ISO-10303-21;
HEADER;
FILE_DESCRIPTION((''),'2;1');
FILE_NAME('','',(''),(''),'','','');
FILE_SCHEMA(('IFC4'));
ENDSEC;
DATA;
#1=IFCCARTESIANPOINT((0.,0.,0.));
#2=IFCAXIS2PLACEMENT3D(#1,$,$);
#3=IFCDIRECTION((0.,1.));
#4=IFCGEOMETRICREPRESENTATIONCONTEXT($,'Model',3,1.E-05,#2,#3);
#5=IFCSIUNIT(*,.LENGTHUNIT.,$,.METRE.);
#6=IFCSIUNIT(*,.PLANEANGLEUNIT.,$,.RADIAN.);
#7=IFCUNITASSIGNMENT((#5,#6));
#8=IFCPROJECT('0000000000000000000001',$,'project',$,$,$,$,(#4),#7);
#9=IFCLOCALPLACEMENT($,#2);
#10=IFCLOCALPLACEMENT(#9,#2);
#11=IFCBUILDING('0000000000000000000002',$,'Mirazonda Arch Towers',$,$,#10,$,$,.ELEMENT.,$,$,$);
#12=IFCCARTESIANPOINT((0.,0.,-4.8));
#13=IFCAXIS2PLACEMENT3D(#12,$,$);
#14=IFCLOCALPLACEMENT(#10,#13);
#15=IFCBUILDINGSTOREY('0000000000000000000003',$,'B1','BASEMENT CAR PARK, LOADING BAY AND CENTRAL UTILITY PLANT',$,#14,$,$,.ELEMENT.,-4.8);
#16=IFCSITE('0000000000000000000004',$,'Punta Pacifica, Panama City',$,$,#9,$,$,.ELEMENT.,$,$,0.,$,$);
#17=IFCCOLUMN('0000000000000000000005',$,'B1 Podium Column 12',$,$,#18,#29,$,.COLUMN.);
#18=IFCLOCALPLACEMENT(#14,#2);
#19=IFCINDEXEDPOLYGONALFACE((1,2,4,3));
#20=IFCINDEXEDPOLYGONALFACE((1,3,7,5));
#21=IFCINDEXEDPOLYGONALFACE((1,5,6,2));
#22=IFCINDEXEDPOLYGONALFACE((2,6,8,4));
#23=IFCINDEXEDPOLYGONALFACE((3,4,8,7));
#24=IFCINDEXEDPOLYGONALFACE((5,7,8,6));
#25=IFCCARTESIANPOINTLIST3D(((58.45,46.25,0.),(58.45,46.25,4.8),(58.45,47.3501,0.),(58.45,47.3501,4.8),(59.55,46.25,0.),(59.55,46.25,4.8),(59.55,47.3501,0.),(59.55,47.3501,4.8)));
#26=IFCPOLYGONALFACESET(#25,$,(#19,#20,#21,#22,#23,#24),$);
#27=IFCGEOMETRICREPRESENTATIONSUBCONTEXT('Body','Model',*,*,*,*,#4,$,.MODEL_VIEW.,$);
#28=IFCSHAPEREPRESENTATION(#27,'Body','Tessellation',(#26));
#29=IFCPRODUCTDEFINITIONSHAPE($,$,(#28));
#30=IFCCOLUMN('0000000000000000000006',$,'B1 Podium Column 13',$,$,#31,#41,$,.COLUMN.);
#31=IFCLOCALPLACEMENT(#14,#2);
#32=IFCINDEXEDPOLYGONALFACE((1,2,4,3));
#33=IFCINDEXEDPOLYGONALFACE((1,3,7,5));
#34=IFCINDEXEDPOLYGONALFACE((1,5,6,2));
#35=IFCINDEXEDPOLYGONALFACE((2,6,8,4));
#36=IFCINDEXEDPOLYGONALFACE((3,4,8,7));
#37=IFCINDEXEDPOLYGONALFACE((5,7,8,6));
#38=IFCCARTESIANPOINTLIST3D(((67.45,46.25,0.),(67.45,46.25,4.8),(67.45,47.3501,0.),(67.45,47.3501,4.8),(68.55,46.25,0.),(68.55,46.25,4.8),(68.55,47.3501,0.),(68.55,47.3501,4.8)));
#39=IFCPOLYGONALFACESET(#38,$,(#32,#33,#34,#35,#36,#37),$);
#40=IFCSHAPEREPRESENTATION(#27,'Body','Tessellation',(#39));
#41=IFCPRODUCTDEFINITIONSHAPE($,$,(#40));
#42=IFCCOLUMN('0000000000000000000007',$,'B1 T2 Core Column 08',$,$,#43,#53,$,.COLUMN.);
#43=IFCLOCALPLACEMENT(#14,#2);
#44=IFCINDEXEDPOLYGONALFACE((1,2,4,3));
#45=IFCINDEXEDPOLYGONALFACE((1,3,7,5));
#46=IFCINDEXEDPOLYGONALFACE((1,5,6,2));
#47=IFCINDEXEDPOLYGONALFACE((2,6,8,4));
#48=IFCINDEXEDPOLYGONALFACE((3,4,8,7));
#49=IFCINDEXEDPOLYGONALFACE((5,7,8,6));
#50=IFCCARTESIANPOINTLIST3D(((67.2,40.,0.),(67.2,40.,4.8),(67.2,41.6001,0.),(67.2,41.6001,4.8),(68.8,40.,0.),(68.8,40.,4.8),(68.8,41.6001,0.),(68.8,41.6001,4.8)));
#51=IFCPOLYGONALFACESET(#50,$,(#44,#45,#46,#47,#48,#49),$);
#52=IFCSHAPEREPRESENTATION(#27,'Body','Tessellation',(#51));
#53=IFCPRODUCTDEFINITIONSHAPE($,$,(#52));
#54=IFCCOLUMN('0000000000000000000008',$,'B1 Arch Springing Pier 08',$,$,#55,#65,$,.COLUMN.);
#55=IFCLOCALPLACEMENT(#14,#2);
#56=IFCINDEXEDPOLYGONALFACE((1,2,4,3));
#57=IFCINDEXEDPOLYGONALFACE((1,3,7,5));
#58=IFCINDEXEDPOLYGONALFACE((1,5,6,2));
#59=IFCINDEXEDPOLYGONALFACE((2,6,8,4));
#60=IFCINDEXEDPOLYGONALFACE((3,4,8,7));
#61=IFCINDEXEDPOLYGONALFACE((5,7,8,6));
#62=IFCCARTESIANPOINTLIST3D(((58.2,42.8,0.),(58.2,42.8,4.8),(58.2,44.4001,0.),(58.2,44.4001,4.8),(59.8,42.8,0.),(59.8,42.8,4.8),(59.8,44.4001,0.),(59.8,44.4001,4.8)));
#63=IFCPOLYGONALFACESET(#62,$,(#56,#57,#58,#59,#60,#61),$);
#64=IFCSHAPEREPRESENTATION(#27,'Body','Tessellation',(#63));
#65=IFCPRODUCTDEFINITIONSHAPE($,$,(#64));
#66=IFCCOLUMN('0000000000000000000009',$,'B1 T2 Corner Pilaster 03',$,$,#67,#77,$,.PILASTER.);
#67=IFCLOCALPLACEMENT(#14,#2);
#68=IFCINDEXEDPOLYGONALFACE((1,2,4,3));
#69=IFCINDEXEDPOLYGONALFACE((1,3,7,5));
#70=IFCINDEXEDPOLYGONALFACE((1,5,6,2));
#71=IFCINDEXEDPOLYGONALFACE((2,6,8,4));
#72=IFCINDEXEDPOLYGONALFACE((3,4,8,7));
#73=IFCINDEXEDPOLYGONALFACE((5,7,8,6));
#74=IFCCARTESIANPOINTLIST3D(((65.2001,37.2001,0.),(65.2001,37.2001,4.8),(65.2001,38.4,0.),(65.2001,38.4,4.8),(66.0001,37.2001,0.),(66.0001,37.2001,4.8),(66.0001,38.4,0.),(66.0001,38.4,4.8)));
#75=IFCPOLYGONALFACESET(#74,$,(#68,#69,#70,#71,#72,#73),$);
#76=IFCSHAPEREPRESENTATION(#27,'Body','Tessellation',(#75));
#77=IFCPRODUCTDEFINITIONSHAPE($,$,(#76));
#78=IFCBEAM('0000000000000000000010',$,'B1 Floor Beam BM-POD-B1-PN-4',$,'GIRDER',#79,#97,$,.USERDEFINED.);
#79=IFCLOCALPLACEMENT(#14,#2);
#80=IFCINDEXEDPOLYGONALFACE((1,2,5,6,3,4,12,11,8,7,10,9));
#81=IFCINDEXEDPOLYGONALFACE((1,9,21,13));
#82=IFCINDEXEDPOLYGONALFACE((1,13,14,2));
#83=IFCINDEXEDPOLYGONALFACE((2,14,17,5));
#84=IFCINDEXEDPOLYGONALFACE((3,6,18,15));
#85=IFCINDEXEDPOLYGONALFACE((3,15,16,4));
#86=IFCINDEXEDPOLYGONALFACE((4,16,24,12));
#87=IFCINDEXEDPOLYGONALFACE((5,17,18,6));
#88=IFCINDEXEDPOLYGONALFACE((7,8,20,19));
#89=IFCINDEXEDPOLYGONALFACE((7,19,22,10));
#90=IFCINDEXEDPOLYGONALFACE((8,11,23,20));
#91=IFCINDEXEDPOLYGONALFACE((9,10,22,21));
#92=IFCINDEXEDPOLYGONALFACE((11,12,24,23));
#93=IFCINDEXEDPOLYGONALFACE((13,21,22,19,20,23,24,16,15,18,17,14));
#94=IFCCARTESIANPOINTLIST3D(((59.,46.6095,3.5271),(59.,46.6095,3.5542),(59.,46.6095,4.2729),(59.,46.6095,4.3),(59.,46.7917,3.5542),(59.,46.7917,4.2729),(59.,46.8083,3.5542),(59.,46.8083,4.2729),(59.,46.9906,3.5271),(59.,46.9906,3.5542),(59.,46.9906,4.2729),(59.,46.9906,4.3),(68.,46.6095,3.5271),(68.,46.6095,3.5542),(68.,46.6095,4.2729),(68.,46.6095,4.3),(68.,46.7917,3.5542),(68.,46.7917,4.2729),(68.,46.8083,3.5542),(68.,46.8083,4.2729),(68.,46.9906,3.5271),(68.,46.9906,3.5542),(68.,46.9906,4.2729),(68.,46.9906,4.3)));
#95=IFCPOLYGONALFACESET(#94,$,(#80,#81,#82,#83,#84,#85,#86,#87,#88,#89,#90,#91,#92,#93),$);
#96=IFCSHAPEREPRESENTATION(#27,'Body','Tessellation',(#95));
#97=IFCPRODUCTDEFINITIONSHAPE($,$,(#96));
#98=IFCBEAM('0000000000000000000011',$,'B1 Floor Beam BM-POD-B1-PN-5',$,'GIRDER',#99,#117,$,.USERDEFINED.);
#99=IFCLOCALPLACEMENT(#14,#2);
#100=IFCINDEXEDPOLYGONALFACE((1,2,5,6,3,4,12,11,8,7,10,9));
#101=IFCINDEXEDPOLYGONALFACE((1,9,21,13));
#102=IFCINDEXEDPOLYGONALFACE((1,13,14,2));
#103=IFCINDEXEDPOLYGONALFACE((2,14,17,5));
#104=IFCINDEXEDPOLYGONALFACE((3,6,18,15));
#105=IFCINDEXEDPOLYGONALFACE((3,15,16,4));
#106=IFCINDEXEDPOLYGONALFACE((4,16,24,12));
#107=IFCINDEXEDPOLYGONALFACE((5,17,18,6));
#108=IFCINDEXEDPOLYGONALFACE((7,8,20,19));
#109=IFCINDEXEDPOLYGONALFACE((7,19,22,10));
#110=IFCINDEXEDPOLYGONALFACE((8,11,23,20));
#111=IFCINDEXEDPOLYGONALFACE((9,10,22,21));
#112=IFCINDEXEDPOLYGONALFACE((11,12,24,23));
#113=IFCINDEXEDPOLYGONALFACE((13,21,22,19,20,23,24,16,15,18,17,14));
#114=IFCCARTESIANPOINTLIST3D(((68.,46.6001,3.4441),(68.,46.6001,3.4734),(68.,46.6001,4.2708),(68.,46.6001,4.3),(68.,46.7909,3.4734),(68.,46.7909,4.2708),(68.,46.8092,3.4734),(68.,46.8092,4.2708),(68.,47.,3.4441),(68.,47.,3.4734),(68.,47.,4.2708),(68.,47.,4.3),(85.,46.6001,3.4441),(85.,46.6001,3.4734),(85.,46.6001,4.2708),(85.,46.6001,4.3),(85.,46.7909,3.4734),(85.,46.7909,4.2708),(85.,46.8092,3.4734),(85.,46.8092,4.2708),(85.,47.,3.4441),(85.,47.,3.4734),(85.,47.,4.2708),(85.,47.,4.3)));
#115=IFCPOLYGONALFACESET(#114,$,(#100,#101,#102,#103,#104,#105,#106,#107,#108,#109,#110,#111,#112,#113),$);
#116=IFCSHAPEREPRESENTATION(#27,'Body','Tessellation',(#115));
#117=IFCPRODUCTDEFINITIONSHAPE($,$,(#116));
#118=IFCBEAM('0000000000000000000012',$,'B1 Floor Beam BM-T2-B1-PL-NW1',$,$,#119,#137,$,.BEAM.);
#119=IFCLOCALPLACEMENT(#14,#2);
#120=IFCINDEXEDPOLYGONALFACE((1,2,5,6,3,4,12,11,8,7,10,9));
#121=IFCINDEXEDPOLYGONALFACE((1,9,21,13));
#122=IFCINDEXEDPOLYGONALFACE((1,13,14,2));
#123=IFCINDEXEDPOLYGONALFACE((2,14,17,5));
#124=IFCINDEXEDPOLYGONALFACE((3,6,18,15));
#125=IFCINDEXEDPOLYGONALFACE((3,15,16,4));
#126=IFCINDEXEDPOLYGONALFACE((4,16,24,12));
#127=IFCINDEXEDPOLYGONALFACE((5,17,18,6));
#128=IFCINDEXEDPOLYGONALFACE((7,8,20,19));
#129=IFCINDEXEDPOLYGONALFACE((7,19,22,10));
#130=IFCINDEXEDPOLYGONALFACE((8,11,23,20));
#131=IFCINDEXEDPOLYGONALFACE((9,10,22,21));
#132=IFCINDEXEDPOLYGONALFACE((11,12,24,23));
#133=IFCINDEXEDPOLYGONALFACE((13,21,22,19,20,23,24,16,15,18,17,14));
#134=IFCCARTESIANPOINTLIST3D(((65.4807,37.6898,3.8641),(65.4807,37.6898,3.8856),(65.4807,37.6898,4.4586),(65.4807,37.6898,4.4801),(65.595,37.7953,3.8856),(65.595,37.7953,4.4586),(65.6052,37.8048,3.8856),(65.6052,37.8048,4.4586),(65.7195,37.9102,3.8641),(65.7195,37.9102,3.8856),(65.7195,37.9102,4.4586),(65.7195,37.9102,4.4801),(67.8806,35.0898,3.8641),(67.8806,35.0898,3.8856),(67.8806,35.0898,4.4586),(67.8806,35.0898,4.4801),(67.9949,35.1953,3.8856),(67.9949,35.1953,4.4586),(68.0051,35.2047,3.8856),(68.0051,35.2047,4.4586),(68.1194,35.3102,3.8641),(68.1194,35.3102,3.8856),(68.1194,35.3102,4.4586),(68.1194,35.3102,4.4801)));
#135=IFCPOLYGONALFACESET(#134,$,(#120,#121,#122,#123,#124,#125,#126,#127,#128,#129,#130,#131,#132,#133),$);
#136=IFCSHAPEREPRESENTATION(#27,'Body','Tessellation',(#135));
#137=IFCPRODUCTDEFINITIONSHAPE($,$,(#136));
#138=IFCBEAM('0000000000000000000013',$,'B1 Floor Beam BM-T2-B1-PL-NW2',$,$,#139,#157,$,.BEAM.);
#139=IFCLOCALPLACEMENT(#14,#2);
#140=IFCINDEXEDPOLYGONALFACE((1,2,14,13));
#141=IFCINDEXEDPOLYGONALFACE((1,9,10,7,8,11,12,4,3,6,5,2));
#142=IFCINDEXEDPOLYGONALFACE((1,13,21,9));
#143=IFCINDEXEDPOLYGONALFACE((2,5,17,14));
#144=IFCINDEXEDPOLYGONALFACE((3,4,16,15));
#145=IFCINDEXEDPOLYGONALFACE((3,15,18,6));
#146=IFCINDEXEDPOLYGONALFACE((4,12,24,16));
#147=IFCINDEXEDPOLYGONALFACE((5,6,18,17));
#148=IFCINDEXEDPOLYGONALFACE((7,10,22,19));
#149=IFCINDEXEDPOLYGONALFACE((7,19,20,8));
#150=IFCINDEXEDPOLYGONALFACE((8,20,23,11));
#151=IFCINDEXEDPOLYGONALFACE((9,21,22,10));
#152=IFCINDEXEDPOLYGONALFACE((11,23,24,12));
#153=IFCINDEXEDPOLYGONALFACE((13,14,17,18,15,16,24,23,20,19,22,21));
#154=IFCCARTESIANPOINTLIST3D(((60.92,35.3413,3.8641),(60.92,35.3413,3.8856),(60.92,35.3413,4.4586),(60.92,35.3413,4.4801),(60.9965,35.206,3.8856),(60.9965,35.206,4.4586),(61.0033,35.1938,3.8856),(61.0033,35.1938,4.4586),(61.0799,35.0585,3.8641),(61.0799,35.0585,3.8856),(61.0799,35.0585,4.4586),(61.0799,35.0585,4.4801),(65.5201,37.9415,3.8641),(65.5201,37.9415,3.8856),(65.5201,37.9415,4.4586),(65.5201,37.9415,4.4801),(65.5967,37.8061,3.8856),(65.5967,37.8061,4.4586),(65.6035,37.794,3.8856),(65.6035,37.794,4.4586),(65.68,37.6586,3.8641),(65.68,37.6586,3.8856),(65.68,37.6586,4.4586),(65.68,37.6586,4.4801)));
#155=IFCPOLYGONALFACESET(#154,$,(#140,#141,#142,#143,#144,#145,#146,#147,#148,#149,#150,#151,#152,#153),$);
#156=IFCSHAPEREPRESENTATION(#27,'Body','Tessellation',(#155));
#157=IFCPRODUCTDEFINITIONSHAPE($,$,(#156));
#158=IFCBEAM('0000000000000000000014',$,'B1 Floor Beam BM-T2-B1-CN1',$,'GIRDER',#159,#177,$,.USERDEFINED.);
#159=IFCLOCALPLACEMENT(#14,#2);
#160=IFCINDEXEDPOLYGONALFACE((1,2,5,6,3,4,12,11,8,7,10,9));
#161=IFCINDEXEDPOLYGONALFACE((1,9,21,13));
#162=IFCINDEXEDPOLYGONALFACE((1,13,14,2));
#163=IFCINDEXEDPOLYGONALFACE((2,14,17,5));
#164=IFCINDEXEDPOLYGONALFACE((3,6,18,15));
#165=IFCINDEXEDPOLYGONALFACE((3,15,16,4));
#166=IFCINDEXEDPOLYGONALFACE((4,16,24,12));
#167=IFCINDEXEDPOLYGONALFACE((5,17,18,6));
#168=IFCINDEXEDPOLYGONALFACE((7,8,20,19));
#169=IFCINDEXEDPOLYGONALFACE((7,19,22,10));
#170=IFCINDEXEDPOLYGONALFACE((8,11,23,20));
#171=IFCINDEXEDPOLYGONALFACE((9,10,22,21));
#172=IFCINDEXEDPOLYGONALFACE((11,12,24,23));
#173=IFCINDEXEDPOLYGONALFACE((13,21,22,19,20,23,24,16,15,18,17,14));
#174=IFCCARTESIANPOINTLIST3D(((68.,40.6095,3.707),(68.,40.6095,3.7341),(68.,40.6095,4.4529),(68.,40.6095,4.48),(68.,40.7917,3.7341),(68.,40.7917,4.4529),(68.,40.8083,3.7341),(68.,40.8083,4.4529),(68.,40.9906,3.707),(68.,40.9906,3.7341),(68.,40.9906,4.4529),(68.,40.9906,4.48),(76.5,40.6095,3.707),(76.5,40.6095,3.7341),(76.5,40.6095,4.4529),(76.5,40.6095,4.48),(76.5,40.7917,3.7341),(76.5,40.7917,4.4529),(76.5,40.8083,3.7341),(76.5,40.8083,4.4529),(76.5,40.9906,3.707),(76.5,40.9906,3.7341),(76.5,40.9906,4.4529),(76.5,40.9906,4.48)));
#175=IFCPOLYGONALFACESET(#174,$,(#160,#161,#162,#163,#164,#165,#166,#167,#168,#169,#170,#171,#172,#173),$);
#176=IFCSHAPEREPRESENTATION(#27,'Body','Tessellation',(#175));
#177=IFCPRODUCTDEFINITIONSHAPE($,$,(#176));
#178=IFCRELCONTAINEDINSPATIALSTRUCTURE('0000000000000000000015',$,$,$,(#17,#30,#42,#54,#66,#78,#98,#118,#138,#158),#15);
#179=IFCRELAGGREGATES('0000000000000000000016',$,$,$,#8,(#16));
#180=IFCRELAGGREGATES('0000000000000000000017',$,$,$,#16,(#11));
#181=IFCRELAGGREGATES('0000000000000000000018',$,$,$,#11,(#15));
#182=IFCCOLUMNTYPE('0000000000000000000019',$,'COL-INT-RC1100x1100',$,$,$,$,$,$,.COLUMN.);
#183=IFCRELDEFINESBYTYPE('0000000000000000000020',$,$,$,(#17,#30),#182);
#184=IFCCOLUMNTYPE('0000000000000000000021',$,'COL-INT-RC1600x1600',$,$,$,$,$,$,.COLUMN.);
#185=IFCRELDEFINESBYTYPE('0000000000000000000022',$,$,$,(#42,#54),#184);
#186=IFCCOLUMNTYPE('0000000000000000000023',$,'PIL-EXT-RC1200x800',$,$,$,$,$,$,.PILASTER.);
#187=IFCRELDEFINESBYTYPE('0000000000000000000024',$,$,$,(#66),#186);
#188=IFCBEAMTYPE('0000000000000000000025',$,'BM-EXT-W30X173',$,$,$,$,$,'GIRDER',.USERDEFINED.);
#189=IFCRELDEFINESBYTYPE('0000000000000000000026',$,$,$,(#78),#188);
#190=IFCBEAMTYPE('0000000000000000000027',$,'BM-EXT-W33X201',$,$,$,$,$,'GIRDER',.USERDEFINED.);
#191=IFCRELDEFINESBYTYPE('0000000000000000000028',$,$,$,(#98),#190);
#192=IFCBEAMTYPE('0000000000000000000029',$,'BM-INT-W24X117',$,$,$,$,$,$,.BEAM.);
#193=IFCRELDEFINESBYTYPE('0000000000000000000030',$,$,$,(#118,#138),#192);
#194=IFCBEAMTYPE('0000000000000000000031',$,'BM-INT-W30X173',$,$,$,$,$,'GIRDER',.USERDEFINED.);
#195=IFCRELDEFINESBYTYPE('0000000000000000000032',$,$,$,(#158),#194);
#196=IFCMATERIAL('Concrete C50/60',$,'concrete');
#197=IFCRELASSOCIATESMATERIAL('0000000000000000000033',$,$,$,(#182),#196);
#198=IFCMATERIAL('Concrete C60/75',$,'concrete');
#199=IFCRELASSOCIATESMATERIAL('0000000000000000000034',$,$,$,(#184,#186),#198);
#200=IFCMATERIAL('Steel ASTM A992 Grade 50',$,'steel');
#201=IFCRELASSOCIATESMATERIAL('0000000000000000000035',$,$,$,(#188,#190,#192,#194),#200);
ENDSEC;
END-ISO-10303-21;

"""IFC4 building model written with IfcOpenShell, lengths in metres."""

from ifc_helpers import new_model, si_unit, direction, frame, origin, origin_2d, place, context, subcontext, project, spatial, rectangle, i_section, extrude, material, material_profile, profile_set, type_object, element, save


model = new_model("IFC4")

# Units and contexts
model_context = context("Model", 3, precision=1e-05, world=origin(), true_north=direction((0.0, 1.0)))
body_context = subcontext(model_context, "Body", "Model", "MODEL_VIEW")
ifc_project = project(units=[si_unit("LENGTHUNIT", "METRE"), si_unit("PLANEANGLEUNIT", "RADIAN")], contexts=[model_context])

# Site, building, storey
site_placement = place(None, origin())
site = spatial("IfcSite", under=ifc_project, at=site_placement, Name="Punta Pacifica, Panama City", CompositionType="ELEMENT", RefElevation=0.0)
building_placement = place(site_placement, origin())
building = spatial("IfcBuilding", under=site, at=building_placement, Name="Mirazonda Arch Towers", CompositionType="ELEMENT")
storey_placement = place(building_placement, frame((0.0, 0.0, -4.8)))
storey = spatial("IfcBuildingStorey", under=building, at=storey_placement, Name="B1", Description="BASEMENT CAR PARK, LOADING BAY AND CENTRAL UTILITY PLANT", CompositionType="ELEMENT", Elevation=-4.8)

# Shared definitions
ifc_material_1 = material(Name="Concrete C50/60", Category="concrete")

# Columns
ifc_material_profile_1 = material_profile(ifc_material_1, rectangle(XDim=1.1001, YDim=1.1001, at=origin_2d()), Name="RC1100x1100")
ifc_profile_set_1 = profile_set([ifc_material_profile_1], Name="Concrete C50/60")
column_type_1 = type_object("IfcColumnType", Name="COL-INT-RC1100x1100", PredefinedType="COLUMN", material=ifc_profile_set_1)
for number, where, z_axis, x_axis, name in (
    (1, (59.0, 46.8, 0.0), (0.0, 0.0, 1.0), (1.0, 0.0, 0.0), "B1 Podium Column 12"),
    (2, (68.0, 46.8, 0.0), (0.0, 0.0, 1.0), (1.0, 0.0, 0.0), "B1 Podium Column 13"),
):
    element("IfcColumn", number, at=place(storey_placement, frame(where, z_axis=z_axis, x_axis=x_axis)), inside=storey, type_object=column_type_1, Name=name, PredefinedType="COLUMN", context=body_context, shape_type="SweptSolid", body=[
        extrude(rectangle(XDim=1.1001, YDim=1.1001, at=origin_2d()), origin(), (0.0, 0.0, 1.0), 4.8),
    ])
ifc_material_2 = material(Name="Concrete C60/75", Category="concrete")
ifc_material_profile_2 = material_profile(ifc_material_2, rectangle(XDim=1.6001, YDim=1.6001, at=origin_2d()), Name="RC1600x1600")
ifc_profile_set_2 = profile_set([ifc_material_profile_2], Name="Concrete C60/75")
column_type_2 = type_object("IfcColumnType", Name="COL-INT-RC1600x1600", PredefinedType="COLUMN", material=ifc_profile_set_2)
for number, where, z_axis, x_axis, name in (
    (3, (68.0, 40.8, 0.0), (0.0, 0.0, 1.0), (1.0, 0.0, 0.0), "B1 T2 Core Column 08"),
    (4, (59.0, 43.6001, 0.0), (0.0, 0.0, 1.0), (1.0, 0.0, 0.0), "B1 Arch Springing Pier 08"),
):
    element("IfcColumn", number, at=place(storey_placement, frame(where, z_axis=z_axis, x_axis=x_axis)), inside=storey, type_object=column_type_2, Name=name, PredefinedType="COLUMN", context=body_context, shape_type="SweptSolid", body=[
        extrude(rectangle(XDim=1.6001, YDim=1.6001, at=origin_2d()), origin(), (0.0, 0.0, 1.0), 4.8),
    ])
ifc_material_profile_3 = material_profile(ifc_material_2, rectangle(XDim=0.8, YDim=1.2, at=origin_2d()), Name="RC1200x800")
ifc_profile_set_3 = profile_set([ifc_material_profile_3], Name="Concrete C60/75")
column_type_3 = type_object("IfcColumnType", Name="PIL-EXT-RC1200x800", PredefinedType="PILASTER", material=ifc_profile_set_3)
column_placement = place(storey_placement, frame((65.6001, 37.8, 0.0), z_axis=(0.0, 0.0, 1.0), x_axis=(1.0, 0.0, 0.0)))
element("IfcColumn", 5, at=column_placement, inside=storey, type_object=column_type_3, Name="B1 T2 Corner Pilaster 03", PredefinedType="PILASTER", context=body_context, shape_type="SweptSolid", body=[
    extrude(rectangle(XDim=0.8, YDim=1.2, at=origin_2d()), origin(), (0.0, 0.0, 1.0), 4.8),
])

# Beams
ifc_material_3 = material(Name="Steel ASTM A992 Grade 50", Category="steel")
ifc_material_profile_4 = material_profile(ifc_material_3, i_section(OverallWidth=0.3811, OverallDepth=0.7729, WebThickness=0.0166, FlangeThickness=0.0271, at=origin_2d()), Name="W30X173")
ifc_profile_set_4 = profile_set([ifc_material_profile_4], Name="Steel ASTM A992 Grade 50")
beam_type_1 = type_object("IfcBeamType", Name="BM-EXT-W30X173", ElementType="GIRDER", PredefinedType="USERDEFINED", material=ifc_profile_set_4)
beam_1_placement = place(storey_placement, frame((59.0, 46.8, 3.9136), z_axis=(1.0, 0.0, 0.0), x_axis=(0.0, 1.0, 0.0)))
element("IfcBeam", 6, at=beam_1_placement, inside=storey, type_object=beam_type_1, Name="B1 Floor Beam BM-POD-B1-PN-4", ObjectType="GIRDER", PredefinedType="USERDEFINED", context=body_context, shape_type="SweptSolid", body=[
    extrude(i_section(OverallWidth=0.3811, OverallDepth=0.7729, WebThickness=0.0166, FlangeThickness=0.0271, at=origin_2d()), origin(), (0.0, 0.0, 1.0), 9.0),
])
ifc_material_profile_5 = material_profile(ifc_material_3, i_section(OverallWidth=0.3999, OverallDepth=0.856, WebThickness=0.0183, FlangeThickness=0.0293, at=origin_2d()), Name="W33X201")
ifc_profile_set_5 = profile_set([ifc_material_profile_5], Name="Steel ASTM A992 Grade 50")
beam_type_2 = type_object("IfcBeamType", Name="BM-EXT-W33X201", ElementType="GIRDER", PredefinedType="USERDEFINED", material=ifc_profile_set_5)
beam_2_placement = place(storey_placement, frame((68.0, 46.8, 3.8721), z_axis=(1.0, 0.0, 0.0), x_axis=(0.0, 1.0, 0.0)))
element("IfcBeam", 7, at=beam_2_placement, inside=storey, type_object=beam_type_2, Name="B1 Floor Beam BM-POD-B1-PN-5", ObjectType="GIRDER", PredefinedType="USERDEFINED", context=body_context, shape_type="SweptSolid", body=[
    extrude(i_section(OverallWidth=0.3999, OverallDepth=0.856, WebThickness=0.0183, FlangeThickness=0.0293, at=origin_2d()), origin(), (0.0, 0.0, 1.0), 17.0),
])
ifc_material_profile_6 = material_profile(ifc_material_3, i_section(OverallWidth=0.325, OverallDepth=0.616, WebThickness=0.0139, FlangeThickness=0.0215, at=origin_2d()), Name="W24X117")
ifc_profile_set_6 = profile_set([ifc_material_profile_6], Name="Steel ASTM A992 Grade 50")
beam_type_3 = type_object("IfcBeamType", Name="BM-INT-W24X117", PredefinedType="BEAM", material=ifc_profile_set_6)
beam_3_placement = place(storey_placement, frame((65.6001, 37.8, 4.1721), z_axis=(0.678251, -0.73483, 0.0), x_axis=(0.73483, 0.678251, 0.0)))
element("IfcBeam", 8, at=beam_3_placement, inside=storey, type_object=beam_type_3, Name="B1 Floor Beam BM-T2-B1-PL-NW1", PredefinedType="BEAM", context=body_context, shape_type="SweptSolid", body=[
    extrude(i_section(OverallWidth=0.325, OverallDepth=0.616, WebThickness=0.0139, FlangeThickness=0.0215, at=origin_2d()), origin(), (0.0, 0.0, 1.0), 3.5383),
])
beam_4_placement = place(storey_placement, frame((65.6001, 37.8, 4.1721), z_axis=(-0.870559, -0.492063, 0.0), x_axis=(0.492063, -0.870559, 0.0)))
element("IfcBeam", 9, at=beam_4_placement, inside=storey, type_object=beam_type_3, Name="B1 Floor Beam BM-T2-B1-PL-NW2", PredefinedType="BEAM", context=body_context, shape_type="SweptSolid", body=[
    extrude(i_section(OverallWidth=0.325, OverallDepth=0.616, WebThickness=0.0139, FlangeThickness=0.0215, at=origin_2d()), origin(), (0.0, 0.0, 1.0), 5.2842),
])
ifc_material_profile_7 = material_profile(ifc_material_3, i_section(OverallWidth=0.3811, OverallDepth=0.7729, WebThickness=0.0166, FlangeThickness=0.0271, at=origin_2d()), Name="W30X173")
ifc_profile_set_7 = profile_set([ifc_material_profile_7], Name="Steel ASTM A992 Grade 50")
beam_type_4 = type_object("IfcBeamType", Name="BM-INT-W30X173", ElementType="GIRDER", PredefinedType="USERDEFINED", material=ifc_profile_set_7)
beam_5_placement = place(storey_placement, frame((68.0, 40.8, 4.0935), z_axis=(1.0, 0.0, 0.0), x_axis=(0.0, 1.0, 0.0)))
element("IfcBeam", 10, at=beam_5_placement, inside=storey, type_object=beam_type_4, Name="B1 Floor Beam BM-T2-B1-CN1", ObjectType="GIRDER", PredefinedType="USERDEFINED", context=body_context, shape_type="SweptSolid", body=[
    extrude(i_section(OverallWidth=0.3811, OverallDepth=0.7729, WebThickness=0.0166, FlangeThickness=0.0271, at=origin_2d()), origin(), (0.0, 0.0, 1.0), 8.5),
])

save(model, "model.ifc")
